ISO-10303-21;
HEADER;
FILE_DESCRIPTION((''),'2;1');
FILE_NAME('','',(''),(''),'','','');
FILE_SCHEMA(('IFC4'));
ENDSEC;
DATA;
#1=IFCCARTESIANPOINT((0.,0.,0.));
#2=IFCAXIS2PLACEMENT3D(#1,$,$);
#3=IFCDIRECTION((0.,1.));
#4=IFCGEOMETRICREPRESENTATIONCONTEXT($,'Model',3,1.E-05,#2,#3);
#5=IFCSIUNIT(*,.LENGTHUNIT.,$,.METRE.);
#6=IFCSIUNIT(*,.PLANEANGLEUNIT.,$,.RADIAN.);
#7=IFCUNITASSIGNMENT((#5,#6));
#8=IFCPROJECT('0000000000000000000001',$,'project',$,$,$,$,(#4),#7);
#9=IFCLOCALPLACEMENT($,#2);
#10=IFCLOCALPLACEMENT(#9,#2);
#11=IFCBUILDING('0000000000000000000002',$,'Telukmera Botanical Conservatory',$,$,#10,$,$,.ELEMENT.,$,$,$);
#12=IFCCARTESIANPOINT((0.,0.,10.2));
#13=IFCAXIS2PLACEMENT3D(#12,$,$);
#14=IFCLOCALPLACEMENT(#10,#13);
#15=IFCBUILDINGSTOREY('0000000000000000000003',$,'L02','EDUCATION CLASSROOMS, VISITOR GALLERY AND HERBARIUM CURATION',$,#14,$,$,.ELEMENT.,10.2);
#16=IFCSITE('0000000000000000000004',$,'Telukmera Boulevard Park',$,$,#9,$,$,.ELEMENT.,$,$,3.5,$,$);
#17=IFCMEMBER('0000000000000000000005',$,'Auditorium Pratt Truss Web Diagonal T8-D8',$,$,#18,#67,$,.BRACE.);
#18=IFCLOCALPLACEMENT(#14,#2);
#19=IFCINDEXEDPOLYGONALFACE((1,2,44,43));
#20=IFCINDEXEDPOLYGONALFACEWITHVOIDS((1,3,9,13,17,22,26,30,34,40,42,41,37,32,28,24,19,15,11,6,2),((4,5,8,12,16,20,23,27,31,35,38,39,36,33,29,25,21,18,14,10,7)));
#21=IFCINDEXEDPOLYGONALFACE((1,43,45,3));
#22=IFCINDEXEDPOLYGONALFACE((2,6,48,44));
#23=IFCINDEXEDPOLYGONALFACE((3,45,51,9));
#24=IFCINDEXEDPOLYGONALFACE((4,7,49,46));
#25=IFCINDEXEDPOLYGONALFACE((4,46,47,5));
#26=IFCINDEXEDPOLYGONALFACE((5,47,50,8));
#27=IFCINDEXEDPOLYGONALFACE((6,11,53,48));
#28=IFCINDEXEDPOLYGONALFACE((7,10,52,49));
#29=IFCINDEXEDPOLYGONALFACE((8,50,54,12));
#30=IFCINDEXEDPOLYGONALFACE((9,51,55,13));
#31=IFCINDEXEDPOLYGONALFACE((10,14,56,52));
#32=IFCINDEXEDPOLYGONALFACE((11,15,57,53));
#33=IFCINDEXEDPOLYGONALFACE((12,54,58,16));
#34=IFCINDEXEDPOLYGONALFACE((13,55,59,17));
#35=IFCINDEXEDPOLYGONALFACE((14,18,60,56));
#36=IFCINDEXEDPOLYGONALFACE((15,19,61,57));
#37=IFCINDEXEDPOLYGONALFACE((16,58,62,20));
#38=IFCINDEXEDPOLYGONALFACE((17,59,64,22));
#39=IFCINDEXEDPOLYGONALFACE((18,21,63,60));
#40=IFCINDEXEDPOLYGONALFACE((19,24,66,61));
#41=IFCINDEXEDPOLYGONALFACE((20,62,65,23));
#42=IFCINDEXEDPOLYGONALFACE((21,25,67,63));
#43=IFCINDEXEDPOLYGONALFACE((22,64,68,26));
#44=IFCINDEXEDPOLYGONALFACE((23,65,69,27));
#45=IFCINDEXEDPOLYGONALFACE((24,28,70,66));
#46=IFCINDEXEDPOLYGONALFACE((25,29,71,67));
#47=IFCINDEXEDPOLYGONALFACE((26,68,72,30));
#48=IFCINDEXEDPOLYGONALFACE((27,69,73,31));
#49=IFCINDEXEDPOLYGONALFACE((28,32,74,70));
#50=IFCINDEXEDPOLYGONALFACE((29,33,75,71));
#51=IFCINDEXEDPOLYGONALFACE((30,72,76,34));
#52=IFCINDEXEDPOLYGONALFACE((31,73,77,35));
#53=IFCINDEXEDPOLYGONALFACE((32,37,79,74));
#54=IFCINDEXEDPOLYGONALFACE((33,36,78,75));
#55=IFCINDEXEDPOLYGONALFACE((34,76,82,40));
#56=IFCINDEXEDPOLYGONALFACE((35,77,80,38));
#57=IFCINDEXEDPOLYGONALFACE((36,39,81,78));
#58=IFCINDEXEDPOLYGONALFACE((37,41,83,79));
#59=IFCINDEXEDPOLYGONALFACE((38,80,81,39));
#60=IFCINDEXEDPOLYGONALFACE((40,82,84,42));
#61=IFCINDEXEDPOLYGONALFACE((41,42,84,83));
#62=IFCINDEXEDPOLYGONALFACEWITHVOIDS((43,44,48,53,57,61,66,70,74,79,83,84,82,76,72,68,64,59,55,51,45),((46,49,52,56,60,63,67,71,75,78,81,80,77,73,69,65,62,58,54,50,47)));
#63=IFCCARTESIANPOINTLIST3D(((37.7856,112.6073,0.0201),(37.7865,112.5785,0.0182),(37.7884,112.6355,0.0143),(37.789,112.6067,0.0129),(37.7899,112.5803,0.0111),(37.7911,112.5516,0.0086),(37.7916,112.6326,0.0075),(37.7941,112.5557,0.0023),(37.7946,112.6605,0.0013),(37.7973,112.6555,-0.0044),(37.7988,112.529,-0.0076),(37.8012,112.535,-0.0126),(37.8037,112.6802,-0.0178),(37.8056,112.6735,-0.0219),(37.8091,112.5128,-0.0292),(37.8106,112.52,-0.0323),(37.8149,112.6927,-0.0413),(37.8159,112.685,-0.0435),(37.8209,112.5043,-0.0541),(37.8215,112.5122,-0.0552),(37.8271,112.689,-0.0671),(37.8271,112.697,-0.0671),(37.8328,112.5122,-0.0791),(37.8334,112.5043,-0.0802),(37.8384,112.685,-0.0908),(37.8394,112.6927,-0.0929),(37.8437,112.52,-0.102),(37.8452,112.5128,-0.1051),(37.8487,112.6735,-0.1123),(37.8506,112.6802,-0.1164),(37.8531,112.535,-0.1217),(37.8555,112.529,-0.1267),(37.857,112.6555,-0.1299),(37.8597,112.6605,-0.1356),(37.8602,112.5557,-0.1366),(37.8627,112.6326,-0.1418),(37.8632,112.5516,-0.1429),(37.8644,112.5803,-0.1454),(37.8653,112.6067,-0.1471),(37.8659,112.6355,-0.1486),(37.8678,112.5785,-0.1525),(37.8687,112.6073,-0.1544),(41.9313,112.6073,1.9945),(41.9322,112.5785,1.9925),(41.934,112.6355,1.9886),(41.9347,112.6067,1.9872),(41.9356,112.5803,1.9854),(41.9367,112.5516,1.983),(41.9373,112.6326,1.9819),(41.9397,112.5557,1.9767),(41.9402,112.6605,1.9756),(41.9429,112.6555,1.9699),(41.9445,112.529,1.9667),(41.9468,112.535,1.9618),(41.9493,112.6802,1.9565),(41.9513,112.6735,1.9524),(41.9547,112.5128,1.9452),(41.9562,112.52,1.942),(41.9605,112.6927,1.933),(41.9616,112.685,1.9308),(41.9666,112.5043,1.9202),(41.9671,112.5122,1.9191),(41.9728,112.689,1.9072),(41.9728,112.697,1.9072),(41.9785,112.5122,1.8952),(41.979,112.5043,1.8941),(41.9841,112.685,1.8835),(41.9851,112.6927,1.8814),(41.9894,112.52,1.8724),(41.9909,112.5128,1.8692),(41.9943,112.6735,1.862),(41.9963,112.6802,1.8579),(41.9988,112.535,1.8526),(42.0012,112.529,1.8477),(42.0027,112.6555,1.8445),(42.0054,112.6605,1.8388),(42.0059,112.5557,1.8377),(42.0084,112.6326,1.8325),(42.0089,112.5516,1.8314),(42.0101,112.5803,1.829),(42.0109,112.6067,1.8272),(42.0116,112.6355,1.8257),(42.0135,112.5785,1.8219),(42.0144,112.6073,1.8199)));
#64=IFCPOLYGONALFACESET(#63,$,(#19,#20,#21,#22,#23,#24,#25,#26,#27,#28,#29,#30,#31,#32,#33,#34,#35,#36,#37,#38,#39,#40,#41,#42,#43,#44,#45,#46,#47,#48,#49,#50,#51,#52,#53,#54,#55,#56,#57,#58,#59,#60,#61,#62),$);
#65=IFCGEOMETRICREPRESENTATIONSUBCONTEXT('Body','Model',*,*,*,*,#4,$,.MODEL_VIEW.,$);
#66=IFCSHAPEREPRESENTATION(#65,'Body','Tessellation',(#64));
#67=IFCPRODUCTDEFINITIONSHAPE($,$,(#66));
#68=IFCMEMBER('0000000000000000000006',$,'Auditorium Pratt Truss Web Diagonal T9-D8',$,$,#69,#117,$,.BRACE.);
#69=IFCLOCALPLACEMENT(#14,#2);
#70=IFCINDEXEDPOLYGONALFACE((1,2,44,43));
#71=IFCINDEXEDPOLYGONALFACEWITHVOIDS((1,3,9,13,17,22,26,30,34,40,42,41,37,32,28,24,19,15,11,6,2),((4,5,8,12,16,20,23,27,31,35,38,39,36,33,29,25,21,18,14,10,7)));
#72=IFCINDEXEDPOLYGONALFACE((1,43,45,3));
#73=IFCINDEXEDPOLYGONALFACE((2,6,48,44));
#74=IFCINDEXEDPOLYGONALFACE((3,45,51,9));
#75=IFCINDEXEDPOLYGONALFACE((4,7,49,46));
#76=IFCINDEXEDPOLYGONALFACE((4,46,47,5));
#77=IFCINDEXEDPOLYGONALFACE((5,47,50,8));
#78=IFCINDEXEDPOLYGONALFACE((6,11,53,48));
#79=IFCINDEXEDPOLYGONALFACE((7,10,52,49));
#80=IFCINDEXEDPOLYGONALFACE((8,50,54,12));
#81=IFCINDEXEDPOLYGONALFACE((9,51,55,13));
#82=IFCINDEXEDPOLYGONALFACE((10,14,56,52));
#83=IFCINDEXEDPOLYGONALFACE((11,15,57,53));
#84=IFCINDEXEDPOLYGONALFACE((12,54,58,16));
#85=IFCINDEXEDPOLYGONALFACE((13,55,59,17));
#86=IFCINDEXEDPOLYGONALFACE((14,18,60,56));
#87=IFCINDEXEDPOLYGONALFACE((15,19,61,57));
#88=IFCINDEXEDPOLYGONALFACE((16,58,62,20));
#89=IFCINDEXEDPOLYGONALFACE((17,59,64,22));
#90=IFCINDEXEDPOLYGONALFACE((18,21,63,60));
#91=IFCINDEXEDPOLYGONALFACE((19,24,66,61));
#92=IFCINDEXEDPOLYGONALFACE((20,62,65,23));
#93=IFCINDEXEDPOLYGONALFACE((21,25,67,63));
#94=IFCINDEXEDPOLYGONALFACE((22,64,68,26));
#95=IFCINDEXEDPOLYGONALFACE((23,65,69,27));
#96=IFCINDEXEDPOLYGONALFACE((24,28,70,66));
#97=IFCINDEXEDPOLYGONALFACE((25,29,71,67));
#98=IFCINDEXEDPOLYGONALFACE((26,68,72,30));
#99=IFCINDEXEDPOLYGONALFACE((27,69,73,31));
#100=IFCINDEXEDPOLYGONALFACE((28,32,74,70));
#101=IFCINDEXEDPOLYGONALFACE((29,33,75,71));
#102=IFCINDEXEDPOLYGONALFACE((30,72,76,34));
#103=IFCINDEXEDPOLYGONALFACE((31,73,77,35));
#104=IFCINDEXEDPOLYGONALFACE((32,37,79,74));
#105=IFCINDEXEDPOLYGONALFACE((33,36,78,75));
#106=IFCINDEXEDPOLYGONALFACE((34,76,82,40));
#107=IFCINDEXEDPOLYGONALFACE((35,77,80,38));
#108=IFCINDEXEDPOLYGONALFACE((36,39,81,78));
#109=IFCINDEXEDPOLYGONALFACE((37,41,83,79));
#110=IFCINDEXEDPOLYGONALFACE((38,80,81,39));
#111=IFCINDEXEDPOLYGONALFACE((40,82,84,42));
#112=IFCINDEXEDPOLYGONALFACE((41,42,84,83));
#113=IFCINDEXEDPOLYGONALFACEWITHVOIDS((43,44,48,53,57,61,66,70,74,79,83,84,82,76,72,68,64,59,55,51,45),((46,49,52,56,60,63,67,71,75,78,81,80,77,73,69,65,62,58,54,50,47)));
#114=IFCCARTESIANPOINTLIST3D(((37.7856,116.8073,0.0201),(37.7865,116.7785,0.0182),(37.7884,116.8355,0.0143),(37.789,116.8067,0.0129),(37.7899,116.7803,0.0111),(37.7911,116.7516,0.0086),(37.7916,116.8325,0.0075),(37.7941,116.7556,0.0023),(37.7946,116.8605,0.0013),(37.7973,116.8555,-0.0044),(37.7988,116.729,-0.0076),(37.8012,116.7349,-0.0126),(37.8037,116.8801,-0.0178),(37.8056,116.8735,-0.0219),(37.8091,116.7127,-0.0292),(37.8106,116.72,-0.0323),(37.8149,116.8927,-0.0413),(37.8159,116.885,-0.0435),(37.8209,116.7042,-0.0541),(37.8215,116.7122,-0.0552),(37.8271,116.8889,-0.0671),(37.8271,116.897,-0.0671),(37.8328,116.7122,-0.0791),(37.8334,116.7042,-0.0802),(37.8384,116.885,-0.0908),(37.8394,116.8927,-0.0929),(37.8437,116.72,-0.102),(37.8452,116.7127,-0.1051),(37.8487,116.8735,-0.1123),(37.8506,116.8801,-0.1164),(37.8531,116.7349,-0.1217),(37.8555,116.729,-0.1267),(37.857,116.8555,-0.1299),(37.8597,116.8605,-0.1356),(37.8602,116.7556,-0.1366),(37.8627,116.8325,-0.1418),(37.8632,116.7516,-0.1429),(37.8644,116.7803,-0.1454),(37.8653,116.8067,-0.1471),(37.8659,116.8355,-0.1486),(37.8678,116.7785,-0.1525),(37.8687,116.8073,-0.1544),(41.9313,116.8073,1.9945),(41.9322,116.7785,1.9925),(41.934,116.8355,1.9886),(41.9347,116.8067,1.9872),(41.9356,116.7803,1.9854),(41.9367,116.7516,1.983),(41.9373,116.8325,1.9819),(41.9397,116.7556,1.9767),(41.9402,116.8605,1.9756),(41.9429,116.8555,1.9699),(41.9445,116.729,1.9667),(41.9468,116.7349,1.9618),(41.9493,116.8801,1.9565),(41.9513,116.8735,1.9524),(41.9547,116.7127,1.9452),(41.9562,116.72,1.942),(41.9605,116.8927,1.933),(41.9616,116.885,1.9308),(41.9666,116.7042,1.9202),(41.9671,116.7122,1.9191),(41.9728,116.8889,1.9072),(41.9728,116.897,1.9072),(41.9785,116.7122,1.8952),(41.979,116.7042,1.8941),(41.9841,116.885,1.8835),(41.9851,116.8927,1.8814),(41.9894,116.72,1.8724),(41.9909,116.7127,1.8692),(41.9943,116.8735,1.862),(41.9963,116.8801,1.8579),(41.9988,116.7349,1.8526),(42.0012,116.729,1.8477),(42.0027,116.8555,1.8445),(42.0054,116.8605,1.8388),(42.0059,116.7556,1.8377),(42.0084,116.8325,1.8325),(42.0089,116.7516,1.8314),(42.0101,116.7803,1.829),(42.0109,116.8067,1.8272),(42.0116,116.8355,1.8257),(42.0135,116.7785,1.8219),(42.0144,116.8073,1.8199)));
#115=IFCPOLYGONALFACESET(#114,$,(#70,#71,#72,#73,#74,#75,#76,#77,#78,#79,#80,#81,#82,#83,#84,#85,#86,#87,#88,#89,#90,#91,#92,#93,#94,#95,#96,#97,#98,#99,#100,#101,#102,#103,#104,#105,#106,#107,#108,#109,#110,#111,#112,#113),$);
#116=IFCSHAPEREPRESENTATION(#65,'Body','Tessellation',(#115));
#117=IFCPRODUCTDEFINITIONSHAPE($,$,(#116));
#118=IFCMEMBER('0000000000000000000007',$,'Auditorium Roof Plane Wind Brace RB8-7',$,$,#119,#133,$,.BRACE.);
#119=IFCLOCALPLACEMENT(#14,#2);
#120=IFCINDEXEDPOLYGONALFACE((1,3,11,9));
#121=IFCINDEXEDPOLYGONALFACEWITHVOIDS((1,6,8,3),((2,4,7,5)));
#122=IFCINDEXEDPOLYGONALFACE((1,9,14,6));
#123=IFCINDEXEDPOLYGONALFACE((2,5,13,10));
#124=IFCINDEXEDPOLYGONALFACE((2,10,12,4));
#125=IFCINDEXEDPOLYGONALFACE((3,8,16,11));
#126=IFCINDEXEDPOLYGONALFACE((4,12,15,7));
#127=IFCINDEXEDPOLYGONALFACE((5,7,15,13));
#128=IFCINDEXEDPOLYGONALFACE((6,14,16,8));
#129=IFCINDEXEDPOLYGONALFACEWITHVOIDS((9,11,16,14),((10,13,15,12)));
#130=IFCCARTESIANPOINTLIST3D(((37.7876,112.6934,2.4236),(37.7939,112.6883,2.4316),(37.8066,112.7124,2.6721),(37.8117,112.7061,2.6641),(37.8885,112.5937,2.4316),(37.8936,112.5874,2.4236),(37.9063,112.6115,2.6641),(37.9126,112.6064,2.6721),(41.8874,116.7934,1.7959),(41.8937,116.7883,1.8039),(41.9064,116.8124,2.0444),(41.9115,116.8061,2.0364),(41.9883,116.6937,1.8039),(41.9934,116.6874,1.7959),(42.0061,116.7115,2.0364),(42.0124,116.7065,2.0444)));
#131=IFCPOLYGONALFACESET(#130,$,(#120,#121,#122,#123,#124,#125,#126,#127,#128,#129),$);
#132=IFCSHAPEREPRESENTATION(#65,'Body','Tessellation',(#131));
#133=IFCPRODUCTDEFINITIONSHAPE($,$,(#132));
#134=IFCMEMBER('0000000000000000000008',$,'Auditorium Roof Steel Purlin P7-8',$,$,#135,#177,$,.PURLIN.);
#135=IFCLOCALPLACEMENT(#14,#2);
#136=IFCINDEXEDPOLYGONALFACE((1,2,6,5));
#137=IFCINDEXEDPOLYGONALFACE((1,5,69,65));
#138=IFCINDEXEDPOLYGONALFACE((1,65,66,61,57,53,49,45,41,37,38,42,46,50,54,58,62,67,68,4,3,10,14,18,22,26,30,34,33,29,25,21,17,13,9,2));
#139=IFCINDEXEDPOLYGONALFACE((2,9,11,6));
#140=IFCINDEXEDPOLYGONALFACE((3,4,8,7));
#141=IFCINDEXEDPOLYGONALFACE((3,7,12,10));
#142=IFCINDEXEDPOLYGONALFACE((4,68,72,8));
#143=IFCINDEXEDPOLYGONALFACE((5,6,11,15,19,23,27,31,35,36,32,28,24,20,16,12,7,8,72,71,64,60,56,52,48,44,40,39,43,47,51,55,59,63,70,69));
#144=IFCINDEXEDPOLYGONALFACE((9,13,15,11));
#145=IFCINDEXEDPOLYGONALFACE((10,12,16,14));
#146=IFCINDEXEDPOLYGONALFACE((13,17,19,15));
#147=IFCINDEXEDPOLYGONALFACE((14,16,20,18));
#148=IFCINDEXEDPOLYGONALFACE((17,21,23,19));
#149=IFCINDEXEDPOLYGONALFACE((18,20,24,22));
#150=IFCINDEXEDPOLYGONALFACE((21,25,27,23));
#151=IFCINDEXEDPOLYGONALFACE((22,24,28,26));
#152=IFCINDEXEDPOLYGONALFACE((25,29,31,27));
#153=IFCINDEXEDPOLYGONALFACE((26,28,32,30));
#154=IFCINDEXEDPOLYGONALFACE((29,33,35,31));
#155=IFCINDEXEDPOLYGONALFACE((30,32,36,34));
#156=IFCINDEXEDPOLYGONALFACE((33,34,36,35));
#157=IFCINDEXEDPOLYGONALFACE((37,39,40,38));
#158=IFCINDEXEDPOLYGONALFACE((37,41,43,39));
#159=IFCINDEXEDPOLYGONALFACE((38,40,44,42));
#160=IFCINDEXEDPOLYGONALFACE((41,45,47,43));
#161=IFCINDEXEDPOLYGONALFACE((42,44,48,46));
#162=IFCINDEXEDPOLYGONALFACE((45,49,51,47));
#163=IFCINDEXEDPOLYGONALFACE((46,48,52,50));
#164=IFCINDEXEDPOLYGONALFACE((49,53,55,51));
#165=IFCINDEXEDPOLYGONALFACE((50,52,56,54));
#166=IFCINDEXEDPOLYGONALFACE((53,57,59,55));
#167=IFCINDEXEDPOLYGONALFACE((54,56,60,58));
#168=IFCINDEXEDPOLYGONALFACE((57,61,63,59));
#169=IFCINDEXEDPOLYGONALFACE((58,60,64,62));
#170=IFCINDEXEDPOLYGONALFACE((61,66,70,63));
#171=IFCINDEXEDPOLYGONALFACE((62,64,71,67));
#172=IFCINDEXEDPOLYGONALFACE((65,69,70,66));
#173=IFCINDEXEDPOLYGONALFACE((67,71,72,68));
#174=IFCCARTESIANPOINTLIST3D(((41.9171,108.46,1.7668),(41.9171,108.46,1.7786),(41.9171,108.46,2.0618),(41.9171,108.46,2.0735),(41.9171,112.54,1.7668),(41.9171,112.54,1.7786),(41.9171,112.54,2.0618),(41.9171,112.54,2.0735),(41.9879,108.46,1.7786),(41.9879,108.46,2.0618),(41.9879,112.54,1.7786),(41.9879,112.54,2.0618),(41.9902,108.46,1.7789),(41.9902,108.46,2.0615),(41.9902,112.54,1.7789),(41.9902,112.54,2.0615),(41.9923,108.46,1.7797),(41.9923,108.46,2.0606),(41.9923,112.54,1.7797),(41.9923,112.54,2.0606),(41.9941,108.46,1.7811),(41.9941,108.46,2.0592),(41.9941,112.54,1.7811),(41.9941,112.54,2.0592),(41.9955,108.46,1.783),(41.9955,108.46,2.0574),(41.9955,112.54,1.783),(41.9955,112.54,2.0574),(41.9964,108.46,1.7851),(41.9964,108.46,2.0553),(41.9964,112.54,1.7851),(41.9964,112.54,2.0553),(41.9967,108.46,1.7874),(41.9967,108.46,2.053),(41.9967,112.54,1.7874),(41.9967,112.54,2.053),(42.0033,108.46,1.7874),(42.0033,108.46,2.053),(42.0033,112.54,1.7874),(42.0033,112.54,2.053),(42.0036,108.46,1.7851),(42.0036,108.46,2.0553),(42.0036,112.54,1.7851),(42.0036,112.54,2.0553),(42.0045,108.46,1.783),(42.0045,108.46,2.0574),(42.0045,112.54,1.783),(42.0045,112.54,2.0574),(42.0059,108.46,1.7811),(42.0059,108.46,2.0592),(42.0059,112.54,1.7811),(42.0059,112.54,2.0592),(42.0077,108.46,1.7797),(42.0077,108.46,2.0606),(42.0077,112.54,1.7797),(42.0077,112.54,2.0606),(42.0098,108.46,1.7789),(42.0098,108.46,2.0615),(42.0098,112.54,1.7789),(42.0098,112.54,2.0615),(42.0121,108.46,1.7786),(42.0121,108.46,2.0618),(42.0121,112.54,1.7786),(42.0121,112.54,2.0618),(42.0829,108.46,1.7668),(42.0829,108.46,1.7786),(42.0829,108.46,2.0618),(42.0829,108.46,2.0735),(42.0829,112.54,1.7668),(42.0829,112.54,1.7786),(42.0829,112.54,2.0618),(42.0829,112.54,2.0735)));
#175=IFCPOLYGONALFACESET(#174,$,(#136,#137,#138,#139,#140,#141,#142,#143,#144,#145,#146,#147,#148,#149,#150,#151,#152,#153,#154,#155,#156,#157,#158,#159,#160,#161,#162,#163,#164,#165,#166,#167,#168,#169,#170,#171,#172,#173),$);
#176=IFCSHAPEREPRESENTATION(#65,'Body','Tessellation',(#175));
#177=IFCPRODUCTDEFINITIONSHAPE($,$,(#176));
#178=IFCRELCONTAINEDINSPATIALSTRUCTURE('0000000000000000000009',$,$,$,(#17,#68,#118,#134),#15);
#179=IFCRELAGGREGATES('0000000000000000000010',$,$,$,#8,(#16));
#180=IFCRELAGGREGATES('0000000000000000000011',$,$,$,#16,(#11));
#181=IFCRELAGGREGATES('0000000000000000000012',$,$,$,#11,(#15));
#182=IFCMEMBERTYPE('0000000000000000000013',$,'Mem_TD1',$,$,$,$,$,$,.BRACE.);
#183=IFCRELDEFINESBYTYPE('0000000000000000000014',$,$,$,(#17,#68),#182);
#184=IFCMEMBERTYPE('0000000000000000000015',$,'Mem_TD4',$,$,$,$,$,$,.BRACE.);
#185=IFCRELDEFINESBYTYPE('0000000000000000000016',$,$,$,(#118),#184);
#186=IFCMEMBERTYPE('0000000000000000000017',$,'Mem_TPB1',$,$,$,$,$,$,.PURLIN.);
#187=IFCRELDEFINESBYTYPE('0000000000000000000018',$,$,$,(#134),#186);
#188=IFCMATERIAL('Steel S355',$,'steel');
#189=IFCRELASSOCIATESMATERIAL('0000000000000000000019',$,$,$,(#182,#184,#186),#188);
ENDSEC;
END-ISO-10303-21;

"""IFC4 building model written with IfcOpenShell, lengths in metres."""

from ifc_helpers import new_model, si_unit, direction, frame, origin, origin_2d, place, context, subcontext, project, spatial, hollow_rectangle, hollow_circle, i_section, extrude, material, material_profile, profile_set, type_object, element, save


model = new_model("IFC4")

# Units and contexts
model_context = context("Model", 3, precision=1e-05, world=origin(), true_north=direction((0.0, 1.0)))
body_context = subcontext(model_context, "Body", "Model", "MODEL_VIEW")
ifc_project = project(units=[si_unit("LENGTHUNIT", "METRE"), si_unit("PLANEANGLEUNIT", "RADIAN")], contexts=[model_context])

# Site, building, storey
site_placement = place(None, origin())
site = spatial("IfcSite", under=ifc_project, at=site_placement, Name="Telukmera Boulevard Park", CompositionType="ELEMENT", RefElevation=3.5)
building_placement = place(site_placement, origin())
building = spatial("IfcBuilding", under=site, at=building_placement, Name="Telukmera Botanical Conservatory", CompositionType="ELEMENT")
storey_placement = place(building_placement, frame((0.0, 0.0, 10.2)))
storey = spatial("IfcBuildingStorey", under=building, at=storey_placement, Name="L02", Description="EDUCATION CLASSROOMS, VISITOR GALLERY AND HERBARIUM CURATION", CompositionType="ELEMENT", Elevation=10.2)

# Members
ifc_material_1 = material(Name="Steel S355", Category="steel")
ifc_material_profile_1 = material_profile(ifc_material_1, hollow_circle(Radius=0.0969, WallThickness=0.0081, at=origin_2d()), Name="CHS 193.7x8.0")
ifc_profile_set_1 = profile_set([ifc_material_profile_1], Name="Steel S355")
member_type_1 = type_object("IfcMemberType", Name="Mem_TD1", PredefinedType="BRACE", material=ifc_profile_set_1)
for number, where, z_axis, x_axis, name in (
    (1, (37.8271, 112.6001, -0.0671), (0.902844, 0.0, 0.429969), (0.0, 1.0, 0.0), "Auditorium Pratt Truss Web Diagonal T8-D8"),
    (2, (37.8271, 116.8, -0.0671), (0.902844, 0.0, 0.429969), (0.0, 1.0, 0.0), "Auditorium Pratt Truss Web Diagonal T9-D8"),
):
    element("IfcMember", number, at=place(storey_placement, frame(where, z_axis=z_axis, x_axis=x_axis)), inside=storey, type_object=member_type_1, Name=name, PredefinedType="BRACE", context=body_context, shape_type="SweptSolid", body=[
        extrude(hollow_circle(Radius=0.0969, WallThickness=0.0081, at=origin_2d()), origin(), (0.0, 0.0, 1.0), 4.5918),
    ])
ifc_material_profile_2 = material_profile(ifc_material_1, hollow_rectangle(XDim=0.1499, YDim=0.25, WallThickness=0.0081, at=origin_2d()), Name="RHS 250x150x8.0")
ifc_profile_set_2 = profile_set([ifc_material_profile_2], Name="Steel S355")
member_type_2 = type_object("IfcMemberType", Name="Mem_TD4", PredefinedType="BRACE", material=ifc_profile_set_2)
member_1_placement = place(storey_placement, frame((37.8501, 112.6499, 2.5479), z_axis=(0.702979, 0.70302, -0.107626), x_axis=(-0.707128, 0.707086, 0.0)))
element("IfcMember", 3, at=member_1_placement, inside=storey, type_object=member_type_2, Name="Auditorium Roof Plane Wind Brace RB8-7", PredefinedType="BRACE", context=body_context, shape_type="SweptSolid", body=[
    extrude(hollow_rectangle(XDim=0.1499, YDim=0.25, WallThickness=0.0081, at=origin_2d()), origin(), (0.0, 0.0, 1.0), 5.832),
])
ifc_material_profile_3 = material_profile(ifc_material_1, i_section(OverallWidth=0.1658, OverallDepth=0.3066, WebThickness=0.0066, FlangeThickness=0.0117, FilletRadius=0.0088, at=origin_2d()), Name="UB 305x165x46")
ifc_profile_set_3 = profile_set([ifc_material_profile_3], Name="Steel S355")
member_type_3 = type_object("IfcMemberType", Name="Mem_TPB1", PredefinedType="PURLIN", material=ifc_profile_set_3)
for number, where, z_axis, x_axis, name in (
    (4, (42.0, 108.46, 1.9202), (0.0, 1.0, 0.0), (-1.0, 0.0, 0.0), "Auditorium Roof Steel Purlin P7-8"),
):
    element("IfcMember", number, at=place(storey_placement, frame(where, z_axis=z_axis, x_axis=x_axis)), inside=storey, type_object=member_type_3, Name=name, PredefinedType="PURLIN", context=body_context, shape_type="SweptSolid", body=[
        extrude(i_section(OverallWidth=0.1658, OverallDepth=0.3066, WebThickness=0.0066, FlangeThickness=0.0117, FilletRadius=0.0088, at=origin_2d()), origin(), (0.0, 0.0, 1.0), 4.0801),
    ])

save(model, "model.ifc")
